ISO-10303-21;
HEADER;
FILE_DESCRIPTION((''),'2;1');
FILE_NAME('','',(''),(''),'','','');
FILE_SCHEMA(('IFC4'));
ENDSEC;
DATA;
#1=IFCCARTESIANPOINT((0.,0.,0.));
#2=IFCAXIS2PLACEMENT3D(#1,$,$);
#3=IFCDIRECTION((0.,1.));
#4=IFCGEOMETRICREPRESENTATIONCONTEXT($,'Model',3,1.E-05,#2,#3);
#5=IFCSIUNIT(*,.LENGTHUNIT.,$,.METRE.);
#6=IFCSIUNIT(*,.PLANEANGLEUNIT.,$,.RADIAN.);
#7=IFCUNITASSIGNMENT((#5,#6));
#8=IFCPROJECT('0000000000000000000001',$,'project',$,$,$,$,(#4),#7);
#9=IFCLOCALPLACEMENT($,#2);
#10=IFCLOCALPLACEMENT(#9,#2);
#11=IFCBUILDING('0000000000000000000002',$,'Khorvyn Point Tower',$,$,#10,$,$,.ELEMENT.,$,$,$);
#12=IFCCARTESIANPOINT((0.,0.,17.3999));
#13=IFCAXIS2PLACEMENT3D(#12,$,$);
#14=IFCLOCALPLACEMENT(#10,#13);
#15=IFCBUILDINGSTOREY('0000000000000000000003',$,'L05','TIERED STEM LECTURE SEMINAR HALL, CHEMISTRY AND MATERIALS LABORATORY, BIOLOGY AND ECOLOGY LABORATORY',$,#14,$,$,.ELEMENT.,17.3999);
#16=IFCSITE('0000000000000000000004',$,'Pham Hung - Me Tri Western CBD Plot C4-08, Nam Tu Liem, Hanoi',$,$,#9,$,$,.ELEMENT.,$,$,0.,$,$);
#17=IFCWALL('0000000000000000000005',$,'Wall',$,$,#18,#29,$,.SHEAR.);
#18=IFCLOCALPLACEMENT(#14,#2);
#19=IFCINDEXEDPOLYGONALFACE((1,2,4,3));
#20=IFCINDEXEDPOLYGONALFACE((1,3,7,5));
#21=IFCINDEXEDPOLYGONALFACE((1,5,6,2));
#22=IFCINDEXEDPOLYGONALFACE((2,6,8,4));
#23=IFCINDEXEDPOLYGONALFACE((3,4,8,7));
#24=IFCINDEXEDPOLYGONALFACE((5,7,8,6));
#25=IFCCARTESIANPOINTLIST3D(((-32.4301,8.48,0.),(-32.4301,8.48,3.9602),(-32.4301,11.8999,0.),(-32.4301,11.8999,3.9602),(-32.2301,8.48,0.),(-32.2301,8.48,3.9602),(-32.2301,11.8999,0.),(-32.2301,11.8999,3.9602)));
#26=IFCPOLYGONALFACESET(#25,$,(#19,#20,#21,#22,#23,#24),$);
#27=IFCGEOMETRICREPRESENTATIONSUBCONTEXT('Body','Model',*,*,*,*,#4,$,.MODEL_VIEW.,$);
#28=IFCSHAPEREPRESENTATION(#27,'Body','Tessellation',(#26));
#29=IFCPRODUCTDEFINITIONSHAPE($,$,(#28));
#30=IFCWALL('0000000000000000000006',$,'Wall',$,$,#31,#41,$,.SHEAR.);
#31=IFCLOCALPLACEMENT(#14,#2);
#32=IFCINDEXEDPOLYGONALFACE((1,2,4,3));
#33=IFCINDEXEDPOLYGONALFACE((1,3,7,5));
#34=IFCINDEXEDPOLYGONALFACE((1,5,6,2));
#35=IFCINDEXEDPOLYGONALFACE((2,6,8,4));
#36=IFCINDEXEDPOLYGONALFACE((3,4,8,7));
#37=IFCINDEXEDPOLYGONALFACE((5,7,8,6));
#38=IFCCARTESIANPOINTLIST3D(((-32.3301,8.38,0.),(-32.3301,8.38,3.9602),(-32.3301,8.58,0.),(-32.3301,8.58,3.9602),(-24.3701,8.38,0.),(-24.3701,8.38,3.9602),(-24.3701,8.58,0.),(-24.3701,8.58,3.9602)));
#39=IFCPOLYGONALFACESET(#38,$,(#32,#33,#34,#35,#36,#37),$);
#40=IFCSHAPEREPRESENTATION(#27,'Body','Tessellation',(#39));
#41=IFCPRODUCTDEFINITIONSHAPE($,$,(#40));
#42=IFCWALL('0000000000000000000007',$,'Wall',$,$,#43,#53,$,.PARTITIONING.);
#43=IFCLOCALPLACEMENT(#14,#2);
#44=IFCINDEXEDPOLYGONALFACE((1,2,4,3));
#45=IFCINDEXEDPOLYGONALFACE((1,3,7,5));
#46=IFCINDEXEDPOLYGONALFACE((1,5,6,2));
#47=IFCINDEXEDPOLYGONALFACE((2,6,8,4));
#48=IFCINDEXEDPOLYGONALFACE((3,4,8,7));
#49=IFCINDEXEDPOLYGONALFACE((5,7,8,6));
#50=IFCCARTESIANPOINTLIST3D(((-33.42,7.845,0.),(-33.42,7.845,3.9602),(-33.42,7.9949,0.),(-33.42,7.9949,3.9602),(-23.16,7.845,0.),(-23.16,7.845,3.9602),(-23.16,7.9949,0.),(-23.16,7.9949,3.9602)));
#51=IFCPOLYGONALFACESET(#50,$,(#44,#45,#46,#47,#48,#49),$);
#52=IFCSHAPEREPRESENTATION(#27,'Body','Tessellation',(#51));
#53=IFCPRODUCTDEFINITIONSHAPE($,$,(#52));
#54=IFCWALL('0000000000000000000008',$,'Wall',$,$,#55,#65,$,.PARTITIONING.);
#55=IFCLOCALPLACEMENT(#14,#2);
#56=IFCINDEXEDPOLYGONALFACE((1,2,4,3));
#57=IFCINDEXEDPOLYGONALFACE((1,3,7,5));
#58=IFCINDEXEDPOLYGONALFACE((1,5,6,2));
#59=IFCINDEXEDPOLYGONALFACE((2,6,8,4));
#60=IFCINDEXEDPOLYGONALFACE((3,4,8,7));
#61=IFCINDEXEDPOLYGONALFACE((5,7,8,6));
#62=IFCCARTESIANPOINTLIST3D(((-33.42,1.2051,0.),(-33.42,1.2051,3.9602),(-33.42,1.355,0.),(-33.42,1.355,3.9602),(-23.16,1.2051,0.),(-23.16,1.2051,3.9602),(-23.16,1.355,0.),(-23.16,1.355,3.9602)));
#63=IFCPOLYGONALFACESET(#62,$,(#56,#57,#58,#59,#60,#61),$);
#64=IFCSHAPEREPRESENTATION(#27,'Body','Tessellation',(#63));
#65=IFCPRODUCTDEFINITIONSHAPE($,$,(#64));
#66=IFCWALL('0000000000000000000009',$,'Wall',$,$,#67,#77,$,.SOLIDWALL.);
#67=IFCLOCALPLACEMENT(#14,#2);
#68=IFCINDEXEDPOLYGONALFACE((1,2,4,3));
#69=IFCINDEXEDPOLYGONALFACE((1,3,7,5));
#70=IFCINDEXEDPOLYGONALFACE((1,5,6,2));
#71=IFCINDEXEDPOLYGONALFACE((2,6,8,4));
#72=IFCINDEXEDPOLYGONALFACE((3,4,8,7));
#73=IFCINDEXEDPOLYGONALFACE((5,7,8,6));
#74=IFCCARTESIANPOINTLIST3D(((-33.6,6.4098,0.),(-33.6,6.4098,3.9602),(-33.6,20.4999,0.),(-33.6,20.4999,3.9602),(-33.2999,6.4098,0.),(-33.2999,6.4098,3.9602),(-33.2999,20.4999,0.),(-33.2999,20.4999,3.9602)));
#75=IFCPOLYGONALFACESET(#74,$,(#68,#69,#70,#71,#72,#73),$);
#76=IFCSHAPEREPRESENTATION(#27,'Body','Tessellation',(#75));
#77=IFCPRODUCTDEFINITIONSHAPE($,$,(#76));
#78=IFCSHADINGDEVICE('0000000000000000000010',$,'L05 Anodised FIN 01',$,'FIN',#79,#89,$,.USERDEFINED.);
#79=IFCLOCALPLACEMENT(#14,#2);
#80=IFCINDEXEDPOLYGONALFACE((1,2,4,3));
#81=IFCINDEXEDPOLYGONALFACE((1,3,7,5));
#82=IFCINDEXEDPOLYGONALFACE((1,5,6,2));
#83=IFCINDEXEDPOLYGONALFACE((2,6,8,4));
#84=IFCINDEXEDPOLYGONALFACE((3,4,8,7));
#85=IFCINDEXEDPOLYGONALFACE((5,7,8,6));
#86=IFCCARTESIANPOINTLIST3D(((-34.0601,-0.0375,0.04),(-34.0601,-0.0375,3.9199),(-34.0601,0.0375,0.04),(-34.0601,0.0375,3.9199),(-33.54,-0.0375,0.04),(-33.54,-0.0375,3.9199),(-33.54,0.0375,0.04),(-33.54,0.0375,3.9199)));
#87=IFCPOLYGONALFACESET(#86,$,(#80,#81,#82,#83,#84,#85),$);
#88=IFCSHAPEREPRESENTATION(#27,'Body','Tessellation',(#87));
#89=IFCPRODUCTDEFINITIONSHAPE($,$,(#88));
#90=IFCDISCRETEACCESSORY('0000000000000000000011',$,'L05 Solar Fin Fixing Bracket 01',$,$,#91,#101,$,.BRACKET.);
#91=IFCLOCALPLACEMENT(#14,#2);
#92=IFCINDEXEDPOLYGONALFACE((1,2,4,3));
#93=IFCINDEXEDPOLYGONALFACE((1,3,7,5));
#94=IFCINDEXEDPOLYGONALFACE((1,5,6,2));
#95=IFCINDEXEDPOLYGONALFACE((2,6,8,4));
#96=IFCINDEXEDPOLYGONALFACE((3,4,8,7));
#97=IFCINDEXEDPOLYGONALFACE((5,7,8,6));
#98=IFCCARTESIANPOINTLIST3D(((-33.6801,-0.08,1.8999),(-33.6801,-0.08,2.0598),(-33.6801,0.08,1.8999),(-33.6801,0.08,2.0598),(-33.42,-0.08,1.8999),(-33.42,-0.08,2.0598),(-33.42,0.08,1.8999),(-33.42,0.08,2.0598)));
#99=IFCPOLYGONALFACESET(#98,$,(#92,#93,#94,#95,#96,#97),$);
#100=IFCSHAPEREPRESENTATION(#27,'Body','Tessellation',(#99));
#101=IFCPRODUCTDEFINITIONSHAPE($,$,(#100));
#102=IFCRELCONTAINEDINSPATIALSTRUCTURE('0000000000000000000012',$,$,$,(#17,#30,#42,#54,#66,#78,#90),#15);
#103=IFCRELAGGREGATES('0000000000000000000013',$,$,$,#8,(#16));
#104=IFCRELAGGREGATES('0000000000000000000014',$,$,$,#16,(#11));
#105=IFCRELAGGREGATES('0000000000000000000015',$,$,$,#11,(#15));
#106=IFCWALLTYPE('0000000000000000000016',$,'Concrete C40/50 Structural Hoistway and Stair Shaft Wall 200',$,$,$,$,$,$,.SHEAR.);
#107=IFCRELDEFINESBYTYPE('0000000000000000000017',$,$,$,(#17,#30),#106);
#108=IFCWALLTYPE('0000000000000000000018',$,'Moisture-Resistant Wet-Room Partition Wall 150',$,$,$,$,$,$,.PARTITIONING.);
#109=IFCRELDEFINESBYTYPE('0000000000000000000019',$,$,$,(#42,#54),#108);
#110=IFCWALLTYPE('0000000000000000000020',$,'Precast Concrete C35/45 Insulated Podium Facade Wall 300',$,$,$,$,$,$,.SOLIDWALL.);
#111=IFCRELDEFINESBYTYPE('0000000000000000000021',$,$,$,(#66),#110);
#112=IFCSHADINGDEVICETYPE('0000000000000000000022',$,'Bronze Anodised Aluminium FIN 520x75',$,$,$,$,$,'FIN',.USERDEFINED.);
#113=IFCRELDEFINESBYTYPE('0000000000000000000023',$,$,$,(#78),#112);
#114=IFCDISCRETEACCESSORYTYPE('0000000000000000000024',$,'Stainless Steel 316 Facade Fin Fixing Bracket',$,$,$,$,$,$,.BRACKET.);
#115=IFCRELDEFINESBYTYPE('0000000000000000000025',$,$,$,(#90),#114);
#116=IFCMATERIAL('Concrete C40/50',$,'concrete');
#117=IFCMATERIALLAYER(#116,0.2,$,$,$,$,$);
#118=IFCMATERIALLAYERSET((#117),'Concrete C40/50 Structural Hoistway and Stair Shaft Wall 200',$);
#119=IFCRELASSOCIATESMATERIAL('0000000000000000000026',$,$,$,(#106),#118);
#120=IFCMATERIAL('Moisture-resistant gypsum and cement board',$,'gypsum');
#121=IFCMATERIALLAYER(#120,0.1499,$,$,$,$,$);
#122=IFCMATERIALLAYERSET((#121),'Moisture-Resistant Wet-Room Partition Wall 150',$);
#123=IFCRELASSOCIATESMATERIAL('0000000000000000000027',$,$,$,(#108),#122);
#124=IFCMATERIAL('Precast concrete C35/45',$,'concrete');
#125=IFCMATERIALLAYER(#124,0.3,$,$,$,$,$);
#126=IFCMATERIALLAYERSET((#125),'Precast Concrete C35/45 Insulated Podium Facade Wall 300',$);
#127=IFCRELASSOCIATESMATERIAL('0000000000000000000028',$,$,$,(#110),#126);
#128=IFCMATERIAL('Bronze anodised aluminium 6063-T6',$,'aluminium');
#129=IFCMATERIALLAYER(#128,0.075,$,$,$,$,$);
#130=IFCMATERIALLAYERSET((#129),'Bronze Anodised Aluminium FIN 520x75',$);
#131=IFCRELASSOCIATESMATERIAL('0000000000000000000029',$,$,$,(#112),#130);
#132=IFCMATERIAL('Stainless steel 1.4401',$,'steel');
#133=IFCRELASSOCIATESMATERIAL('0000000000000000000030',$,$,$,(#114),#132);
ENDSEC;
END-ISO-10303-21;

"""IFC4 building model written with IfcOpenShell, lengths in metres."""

from ifc_helpers import new_model, si_unit, direction, frame, frame_2d, origin, origin_2d, place, context, subcontext, project, spatial, rectangle, extrude, material, layer, layer_set, type_object, element, save


model = new_model("IFC4")

# Units and contexts
model_context = context("Model", 3, precision=1e-05, world=origin(), true_north=direction((0.0, 1.0)))
body_context = subcontext(model_context, "Body", "Model", "MODEL_VIEW")
ifc_project = project(units=[si_unit("LENGTHUNIT", "METRE"), si_unit("PLANEANGLEUNIT", "RADIAN")], contexts=[model_context])

# Site, building, storey
site_placement = place(None, origin())
site = spatial("IfcSite", under=ifc_project, at=site_placement, Name="Pham Hung - Me Tri Western CBD Plot C4-08, Nam Tu Liem, Hanoi", CompositionType="ELEMENT", RefElevation=0.0)
building_placement = place(site_placement, origin())
building = spatial("IfcBuilding", under=site, at=building_placement, Name="Khorvyn Point Tower", CompositionType="ELEMENT")
storey_placement = place(building_placement, frame((0.0, 0.0, 17.3999)))
storey = spatial("IfcBuildingStorey", under=building, at=storey_placement, Name="L05", Description="TIERED STEM LECTURE SEMINAR HALL, CHEMISTRY AND MATERIALS LABORATORY, BIOLOGY AND ECOLOGY LABORATORY", CompositionType="ELEMENT", Elevation=17.3999)

# Shared definitions
ifc_material_1 = material(Name="Concrete C40/50", Category="concrete")

# Walls
ifc_layer_1 = layer(ifc_material_1, 0.2)
ifc_layer_set_1 = layer_set([ifc_layer_1], Name="Concrete C40/50 Structural Hoistway and Stair Shaft Wall 200")
wall_type_1 = type_object("IfcWallType", Name="Concrete C40/50 Structural Hoistway and Stair Shaft Wall 200", PredefinedType="SHEAR", material=ifc_layer_set_1)
wall_1_placement = place(storey_placement, frame((-32.3301, 8.48, 0.0), z_axis=(0.0, 0.0, 1.0), x_axis=(0.0, 1.0, 0.0)))
element("IfcWall", 1, at=wall_1_placement, inside=storey, type_object=wall_type_1, Name="Wall", PredefinedType="SHEAR", context=body_context, shape_type="SweptSolid", body=[
    extrude(rectangle(XDim=3.4199, YDim=0.2, at=frame_2d((1.71, 0.0))), origin(), (0.0, 0.0, 1.0), 3.9602),
])
wall_2_placement = place(storey_placement, frame((-24.3701, 8.48, 0.0), z_axis=(0.0, 0.0, 1.0), x_axis=(-1.0, 0.0, 0.0)))
element("IfcWall", 2, at=wall_2_placement, inside=storey, type_object=wall_type_1, Name="Wall", PredefinedType="SHEAR", context=body_context, shape_type="SweptSolid", body=[
    extrude(rectangle(XDim=7.96, YDim=0.2, at=frame_2d((3.98, 0.0))), origin(), (0.0, 0.0, 1.0), 3.9602),
])
ifc_material_2 = material(Name="Moisture-resistant gypsum and cement board", Category="gypsum")
ifc_layer_2 = layer(ifc_material_2, 0.1499)
ifc_layer_set_2 = layer_set([ifc_layer_2], Name="Moisture-Resistant Wet-Room Partition Wall 150")
wall_type_2 = type_object("IfcWallType", Name="Moisture-Resistant Wet-Room Partition Wall 150", PredefinedType="PARTITIONING", material=ifc_layer_set_2)
for number, where, z_axis, x_axis, name in (
    (3, (-33.4199, 7.9199, 0.0), (0.0, 0.0, 1.0), (1.0, 0.0, 0.0), "Wall"),
    (4, (-33.4199, 1.28, 0.0), (0.0, 0.0, 1.0), (1.0, 0.0, 0.0), "Wall"),
):
    element("IfcWall", number, at=place(storey_placement, frame(where, z_axis=z_axis, x_axis=x_axis)), inside=storey, type_object=wall_type_2, Name=name, PredefinedType="PARTITIONING", context=body_context, shape_type="SweptSolid", body=[
        extrude(rectangle(XDim=10.26, YDim=0.1499, at=frame_2d((5.1299, 0.0))), origin(), (0.0, 0.0, 1.0), 3.9602),
    ])
ifc_material_3 = material(Name="Precast concrete C35/45", Category="concrete")
ifc_layer_3 = layer(ifc_material_3, 0.3)
ifc_layer_set_3 = layer_set([ifc_layer_3], Name="Precast Concrete C35/45 Insulated Podium Facade Wall 300")
wall_type_3 = type_object("IfcWallType", Name="Precast Concrete C35/45 Insulated Podium Facade Wall 300", PredefinedType="SOLIDWALL", material=ifc_layer_set_3)
wall_3_placement = place(storey_placement, frame((-33.45, 6.4099, 0.0), z_axis=(0.0, 0.0, 1.0), x_axis=(0.0, 1.0, 0.0)))
element("IfcWall", 5, at=wall_3_placement, inside=storey, type_object=wall_type_3, Name="Wall", PredefinedType="SOLIDWALL", context=body_context, shape_type="SweptSolid", body=[
    extrude(rectangle(XDim=14.0901, YDim=0.3, at=frame_2d((7.0449, 0.0))), origin(), (0.0, 0.0, 1.0), 3.9602),
])

# Shading device
ifc_material_4 = material(Name="Bronze anodised aluminium 6063-T6", Category="aluminium")
ifc_layer_4 = layer(ifc_material_4, 0.075)
ifc_layer_set_4 = layer_set([ifc_layer_4], Name="Bronze Anodised Aluminium FIN 520x75")
shading_device_type = type_object("IfcShadingDeviceType", Name="Bronze Anodised Aluminium FIN 520x75", ElementType="FIN", PredefinedType="USERDEFINED", material=ifc_layer_set_4)
shading_device_placement = place(storey_placement, frame((-33.8, 0.0, 0.04), z_axis=(0.0, 0.0, 1.0), x_axis=(-1.0, 0.0, 0.0)))
element("IfcShadingDevice", 6, at=shading_device_placement, inside=storey, type_object=shading_device_type, Name="L05 Anodised FIN 01", ObjectType="FIN", PredefinedType="USERDEFINED", context=body_context, shape_type="SweptSolid", body=[
    extrude(rectangle(XDim=0.52, YDim=0.075, at=origin_2d()), origin(), (0.0, 0.0, 1.0), 3.8799),
])

# Discrete accessory
ifc_material_5 = material(Name="Stainless steel 1.4401", Category="steel")
discrete_accessory_type = type_object("IfcDiscreteAccessoryType", Name="Stainless Steel 316 Facade Fin Fixing Bracket", PredefinedType="BRACKET", material=ifc_material_5)
discrete_accessory_placement = place(storey_placement, frame((-33.55, 0.0, 1.8999), z_axis=(0.0, 0.0, 1.0), x_axis=(0.0, 1.0, 0.0)))
element("IfcDiscreteAccessory", 7, at=discrete_accessory_placement, inside=storey, type_object=discrete_accessory_type, Name="L05 Solar Fin Fixing Bracket 01", PredefinedType="BRACKET", context=body_context, shape_type="SweptSolid", body=[
    extrude(rectangle(XDim=0.1599, YDim=0.26, at=origin_2d()), origin(), (0.0, 0.0, 1.0), 0.1599),
])

save(model, "model.ifc")
